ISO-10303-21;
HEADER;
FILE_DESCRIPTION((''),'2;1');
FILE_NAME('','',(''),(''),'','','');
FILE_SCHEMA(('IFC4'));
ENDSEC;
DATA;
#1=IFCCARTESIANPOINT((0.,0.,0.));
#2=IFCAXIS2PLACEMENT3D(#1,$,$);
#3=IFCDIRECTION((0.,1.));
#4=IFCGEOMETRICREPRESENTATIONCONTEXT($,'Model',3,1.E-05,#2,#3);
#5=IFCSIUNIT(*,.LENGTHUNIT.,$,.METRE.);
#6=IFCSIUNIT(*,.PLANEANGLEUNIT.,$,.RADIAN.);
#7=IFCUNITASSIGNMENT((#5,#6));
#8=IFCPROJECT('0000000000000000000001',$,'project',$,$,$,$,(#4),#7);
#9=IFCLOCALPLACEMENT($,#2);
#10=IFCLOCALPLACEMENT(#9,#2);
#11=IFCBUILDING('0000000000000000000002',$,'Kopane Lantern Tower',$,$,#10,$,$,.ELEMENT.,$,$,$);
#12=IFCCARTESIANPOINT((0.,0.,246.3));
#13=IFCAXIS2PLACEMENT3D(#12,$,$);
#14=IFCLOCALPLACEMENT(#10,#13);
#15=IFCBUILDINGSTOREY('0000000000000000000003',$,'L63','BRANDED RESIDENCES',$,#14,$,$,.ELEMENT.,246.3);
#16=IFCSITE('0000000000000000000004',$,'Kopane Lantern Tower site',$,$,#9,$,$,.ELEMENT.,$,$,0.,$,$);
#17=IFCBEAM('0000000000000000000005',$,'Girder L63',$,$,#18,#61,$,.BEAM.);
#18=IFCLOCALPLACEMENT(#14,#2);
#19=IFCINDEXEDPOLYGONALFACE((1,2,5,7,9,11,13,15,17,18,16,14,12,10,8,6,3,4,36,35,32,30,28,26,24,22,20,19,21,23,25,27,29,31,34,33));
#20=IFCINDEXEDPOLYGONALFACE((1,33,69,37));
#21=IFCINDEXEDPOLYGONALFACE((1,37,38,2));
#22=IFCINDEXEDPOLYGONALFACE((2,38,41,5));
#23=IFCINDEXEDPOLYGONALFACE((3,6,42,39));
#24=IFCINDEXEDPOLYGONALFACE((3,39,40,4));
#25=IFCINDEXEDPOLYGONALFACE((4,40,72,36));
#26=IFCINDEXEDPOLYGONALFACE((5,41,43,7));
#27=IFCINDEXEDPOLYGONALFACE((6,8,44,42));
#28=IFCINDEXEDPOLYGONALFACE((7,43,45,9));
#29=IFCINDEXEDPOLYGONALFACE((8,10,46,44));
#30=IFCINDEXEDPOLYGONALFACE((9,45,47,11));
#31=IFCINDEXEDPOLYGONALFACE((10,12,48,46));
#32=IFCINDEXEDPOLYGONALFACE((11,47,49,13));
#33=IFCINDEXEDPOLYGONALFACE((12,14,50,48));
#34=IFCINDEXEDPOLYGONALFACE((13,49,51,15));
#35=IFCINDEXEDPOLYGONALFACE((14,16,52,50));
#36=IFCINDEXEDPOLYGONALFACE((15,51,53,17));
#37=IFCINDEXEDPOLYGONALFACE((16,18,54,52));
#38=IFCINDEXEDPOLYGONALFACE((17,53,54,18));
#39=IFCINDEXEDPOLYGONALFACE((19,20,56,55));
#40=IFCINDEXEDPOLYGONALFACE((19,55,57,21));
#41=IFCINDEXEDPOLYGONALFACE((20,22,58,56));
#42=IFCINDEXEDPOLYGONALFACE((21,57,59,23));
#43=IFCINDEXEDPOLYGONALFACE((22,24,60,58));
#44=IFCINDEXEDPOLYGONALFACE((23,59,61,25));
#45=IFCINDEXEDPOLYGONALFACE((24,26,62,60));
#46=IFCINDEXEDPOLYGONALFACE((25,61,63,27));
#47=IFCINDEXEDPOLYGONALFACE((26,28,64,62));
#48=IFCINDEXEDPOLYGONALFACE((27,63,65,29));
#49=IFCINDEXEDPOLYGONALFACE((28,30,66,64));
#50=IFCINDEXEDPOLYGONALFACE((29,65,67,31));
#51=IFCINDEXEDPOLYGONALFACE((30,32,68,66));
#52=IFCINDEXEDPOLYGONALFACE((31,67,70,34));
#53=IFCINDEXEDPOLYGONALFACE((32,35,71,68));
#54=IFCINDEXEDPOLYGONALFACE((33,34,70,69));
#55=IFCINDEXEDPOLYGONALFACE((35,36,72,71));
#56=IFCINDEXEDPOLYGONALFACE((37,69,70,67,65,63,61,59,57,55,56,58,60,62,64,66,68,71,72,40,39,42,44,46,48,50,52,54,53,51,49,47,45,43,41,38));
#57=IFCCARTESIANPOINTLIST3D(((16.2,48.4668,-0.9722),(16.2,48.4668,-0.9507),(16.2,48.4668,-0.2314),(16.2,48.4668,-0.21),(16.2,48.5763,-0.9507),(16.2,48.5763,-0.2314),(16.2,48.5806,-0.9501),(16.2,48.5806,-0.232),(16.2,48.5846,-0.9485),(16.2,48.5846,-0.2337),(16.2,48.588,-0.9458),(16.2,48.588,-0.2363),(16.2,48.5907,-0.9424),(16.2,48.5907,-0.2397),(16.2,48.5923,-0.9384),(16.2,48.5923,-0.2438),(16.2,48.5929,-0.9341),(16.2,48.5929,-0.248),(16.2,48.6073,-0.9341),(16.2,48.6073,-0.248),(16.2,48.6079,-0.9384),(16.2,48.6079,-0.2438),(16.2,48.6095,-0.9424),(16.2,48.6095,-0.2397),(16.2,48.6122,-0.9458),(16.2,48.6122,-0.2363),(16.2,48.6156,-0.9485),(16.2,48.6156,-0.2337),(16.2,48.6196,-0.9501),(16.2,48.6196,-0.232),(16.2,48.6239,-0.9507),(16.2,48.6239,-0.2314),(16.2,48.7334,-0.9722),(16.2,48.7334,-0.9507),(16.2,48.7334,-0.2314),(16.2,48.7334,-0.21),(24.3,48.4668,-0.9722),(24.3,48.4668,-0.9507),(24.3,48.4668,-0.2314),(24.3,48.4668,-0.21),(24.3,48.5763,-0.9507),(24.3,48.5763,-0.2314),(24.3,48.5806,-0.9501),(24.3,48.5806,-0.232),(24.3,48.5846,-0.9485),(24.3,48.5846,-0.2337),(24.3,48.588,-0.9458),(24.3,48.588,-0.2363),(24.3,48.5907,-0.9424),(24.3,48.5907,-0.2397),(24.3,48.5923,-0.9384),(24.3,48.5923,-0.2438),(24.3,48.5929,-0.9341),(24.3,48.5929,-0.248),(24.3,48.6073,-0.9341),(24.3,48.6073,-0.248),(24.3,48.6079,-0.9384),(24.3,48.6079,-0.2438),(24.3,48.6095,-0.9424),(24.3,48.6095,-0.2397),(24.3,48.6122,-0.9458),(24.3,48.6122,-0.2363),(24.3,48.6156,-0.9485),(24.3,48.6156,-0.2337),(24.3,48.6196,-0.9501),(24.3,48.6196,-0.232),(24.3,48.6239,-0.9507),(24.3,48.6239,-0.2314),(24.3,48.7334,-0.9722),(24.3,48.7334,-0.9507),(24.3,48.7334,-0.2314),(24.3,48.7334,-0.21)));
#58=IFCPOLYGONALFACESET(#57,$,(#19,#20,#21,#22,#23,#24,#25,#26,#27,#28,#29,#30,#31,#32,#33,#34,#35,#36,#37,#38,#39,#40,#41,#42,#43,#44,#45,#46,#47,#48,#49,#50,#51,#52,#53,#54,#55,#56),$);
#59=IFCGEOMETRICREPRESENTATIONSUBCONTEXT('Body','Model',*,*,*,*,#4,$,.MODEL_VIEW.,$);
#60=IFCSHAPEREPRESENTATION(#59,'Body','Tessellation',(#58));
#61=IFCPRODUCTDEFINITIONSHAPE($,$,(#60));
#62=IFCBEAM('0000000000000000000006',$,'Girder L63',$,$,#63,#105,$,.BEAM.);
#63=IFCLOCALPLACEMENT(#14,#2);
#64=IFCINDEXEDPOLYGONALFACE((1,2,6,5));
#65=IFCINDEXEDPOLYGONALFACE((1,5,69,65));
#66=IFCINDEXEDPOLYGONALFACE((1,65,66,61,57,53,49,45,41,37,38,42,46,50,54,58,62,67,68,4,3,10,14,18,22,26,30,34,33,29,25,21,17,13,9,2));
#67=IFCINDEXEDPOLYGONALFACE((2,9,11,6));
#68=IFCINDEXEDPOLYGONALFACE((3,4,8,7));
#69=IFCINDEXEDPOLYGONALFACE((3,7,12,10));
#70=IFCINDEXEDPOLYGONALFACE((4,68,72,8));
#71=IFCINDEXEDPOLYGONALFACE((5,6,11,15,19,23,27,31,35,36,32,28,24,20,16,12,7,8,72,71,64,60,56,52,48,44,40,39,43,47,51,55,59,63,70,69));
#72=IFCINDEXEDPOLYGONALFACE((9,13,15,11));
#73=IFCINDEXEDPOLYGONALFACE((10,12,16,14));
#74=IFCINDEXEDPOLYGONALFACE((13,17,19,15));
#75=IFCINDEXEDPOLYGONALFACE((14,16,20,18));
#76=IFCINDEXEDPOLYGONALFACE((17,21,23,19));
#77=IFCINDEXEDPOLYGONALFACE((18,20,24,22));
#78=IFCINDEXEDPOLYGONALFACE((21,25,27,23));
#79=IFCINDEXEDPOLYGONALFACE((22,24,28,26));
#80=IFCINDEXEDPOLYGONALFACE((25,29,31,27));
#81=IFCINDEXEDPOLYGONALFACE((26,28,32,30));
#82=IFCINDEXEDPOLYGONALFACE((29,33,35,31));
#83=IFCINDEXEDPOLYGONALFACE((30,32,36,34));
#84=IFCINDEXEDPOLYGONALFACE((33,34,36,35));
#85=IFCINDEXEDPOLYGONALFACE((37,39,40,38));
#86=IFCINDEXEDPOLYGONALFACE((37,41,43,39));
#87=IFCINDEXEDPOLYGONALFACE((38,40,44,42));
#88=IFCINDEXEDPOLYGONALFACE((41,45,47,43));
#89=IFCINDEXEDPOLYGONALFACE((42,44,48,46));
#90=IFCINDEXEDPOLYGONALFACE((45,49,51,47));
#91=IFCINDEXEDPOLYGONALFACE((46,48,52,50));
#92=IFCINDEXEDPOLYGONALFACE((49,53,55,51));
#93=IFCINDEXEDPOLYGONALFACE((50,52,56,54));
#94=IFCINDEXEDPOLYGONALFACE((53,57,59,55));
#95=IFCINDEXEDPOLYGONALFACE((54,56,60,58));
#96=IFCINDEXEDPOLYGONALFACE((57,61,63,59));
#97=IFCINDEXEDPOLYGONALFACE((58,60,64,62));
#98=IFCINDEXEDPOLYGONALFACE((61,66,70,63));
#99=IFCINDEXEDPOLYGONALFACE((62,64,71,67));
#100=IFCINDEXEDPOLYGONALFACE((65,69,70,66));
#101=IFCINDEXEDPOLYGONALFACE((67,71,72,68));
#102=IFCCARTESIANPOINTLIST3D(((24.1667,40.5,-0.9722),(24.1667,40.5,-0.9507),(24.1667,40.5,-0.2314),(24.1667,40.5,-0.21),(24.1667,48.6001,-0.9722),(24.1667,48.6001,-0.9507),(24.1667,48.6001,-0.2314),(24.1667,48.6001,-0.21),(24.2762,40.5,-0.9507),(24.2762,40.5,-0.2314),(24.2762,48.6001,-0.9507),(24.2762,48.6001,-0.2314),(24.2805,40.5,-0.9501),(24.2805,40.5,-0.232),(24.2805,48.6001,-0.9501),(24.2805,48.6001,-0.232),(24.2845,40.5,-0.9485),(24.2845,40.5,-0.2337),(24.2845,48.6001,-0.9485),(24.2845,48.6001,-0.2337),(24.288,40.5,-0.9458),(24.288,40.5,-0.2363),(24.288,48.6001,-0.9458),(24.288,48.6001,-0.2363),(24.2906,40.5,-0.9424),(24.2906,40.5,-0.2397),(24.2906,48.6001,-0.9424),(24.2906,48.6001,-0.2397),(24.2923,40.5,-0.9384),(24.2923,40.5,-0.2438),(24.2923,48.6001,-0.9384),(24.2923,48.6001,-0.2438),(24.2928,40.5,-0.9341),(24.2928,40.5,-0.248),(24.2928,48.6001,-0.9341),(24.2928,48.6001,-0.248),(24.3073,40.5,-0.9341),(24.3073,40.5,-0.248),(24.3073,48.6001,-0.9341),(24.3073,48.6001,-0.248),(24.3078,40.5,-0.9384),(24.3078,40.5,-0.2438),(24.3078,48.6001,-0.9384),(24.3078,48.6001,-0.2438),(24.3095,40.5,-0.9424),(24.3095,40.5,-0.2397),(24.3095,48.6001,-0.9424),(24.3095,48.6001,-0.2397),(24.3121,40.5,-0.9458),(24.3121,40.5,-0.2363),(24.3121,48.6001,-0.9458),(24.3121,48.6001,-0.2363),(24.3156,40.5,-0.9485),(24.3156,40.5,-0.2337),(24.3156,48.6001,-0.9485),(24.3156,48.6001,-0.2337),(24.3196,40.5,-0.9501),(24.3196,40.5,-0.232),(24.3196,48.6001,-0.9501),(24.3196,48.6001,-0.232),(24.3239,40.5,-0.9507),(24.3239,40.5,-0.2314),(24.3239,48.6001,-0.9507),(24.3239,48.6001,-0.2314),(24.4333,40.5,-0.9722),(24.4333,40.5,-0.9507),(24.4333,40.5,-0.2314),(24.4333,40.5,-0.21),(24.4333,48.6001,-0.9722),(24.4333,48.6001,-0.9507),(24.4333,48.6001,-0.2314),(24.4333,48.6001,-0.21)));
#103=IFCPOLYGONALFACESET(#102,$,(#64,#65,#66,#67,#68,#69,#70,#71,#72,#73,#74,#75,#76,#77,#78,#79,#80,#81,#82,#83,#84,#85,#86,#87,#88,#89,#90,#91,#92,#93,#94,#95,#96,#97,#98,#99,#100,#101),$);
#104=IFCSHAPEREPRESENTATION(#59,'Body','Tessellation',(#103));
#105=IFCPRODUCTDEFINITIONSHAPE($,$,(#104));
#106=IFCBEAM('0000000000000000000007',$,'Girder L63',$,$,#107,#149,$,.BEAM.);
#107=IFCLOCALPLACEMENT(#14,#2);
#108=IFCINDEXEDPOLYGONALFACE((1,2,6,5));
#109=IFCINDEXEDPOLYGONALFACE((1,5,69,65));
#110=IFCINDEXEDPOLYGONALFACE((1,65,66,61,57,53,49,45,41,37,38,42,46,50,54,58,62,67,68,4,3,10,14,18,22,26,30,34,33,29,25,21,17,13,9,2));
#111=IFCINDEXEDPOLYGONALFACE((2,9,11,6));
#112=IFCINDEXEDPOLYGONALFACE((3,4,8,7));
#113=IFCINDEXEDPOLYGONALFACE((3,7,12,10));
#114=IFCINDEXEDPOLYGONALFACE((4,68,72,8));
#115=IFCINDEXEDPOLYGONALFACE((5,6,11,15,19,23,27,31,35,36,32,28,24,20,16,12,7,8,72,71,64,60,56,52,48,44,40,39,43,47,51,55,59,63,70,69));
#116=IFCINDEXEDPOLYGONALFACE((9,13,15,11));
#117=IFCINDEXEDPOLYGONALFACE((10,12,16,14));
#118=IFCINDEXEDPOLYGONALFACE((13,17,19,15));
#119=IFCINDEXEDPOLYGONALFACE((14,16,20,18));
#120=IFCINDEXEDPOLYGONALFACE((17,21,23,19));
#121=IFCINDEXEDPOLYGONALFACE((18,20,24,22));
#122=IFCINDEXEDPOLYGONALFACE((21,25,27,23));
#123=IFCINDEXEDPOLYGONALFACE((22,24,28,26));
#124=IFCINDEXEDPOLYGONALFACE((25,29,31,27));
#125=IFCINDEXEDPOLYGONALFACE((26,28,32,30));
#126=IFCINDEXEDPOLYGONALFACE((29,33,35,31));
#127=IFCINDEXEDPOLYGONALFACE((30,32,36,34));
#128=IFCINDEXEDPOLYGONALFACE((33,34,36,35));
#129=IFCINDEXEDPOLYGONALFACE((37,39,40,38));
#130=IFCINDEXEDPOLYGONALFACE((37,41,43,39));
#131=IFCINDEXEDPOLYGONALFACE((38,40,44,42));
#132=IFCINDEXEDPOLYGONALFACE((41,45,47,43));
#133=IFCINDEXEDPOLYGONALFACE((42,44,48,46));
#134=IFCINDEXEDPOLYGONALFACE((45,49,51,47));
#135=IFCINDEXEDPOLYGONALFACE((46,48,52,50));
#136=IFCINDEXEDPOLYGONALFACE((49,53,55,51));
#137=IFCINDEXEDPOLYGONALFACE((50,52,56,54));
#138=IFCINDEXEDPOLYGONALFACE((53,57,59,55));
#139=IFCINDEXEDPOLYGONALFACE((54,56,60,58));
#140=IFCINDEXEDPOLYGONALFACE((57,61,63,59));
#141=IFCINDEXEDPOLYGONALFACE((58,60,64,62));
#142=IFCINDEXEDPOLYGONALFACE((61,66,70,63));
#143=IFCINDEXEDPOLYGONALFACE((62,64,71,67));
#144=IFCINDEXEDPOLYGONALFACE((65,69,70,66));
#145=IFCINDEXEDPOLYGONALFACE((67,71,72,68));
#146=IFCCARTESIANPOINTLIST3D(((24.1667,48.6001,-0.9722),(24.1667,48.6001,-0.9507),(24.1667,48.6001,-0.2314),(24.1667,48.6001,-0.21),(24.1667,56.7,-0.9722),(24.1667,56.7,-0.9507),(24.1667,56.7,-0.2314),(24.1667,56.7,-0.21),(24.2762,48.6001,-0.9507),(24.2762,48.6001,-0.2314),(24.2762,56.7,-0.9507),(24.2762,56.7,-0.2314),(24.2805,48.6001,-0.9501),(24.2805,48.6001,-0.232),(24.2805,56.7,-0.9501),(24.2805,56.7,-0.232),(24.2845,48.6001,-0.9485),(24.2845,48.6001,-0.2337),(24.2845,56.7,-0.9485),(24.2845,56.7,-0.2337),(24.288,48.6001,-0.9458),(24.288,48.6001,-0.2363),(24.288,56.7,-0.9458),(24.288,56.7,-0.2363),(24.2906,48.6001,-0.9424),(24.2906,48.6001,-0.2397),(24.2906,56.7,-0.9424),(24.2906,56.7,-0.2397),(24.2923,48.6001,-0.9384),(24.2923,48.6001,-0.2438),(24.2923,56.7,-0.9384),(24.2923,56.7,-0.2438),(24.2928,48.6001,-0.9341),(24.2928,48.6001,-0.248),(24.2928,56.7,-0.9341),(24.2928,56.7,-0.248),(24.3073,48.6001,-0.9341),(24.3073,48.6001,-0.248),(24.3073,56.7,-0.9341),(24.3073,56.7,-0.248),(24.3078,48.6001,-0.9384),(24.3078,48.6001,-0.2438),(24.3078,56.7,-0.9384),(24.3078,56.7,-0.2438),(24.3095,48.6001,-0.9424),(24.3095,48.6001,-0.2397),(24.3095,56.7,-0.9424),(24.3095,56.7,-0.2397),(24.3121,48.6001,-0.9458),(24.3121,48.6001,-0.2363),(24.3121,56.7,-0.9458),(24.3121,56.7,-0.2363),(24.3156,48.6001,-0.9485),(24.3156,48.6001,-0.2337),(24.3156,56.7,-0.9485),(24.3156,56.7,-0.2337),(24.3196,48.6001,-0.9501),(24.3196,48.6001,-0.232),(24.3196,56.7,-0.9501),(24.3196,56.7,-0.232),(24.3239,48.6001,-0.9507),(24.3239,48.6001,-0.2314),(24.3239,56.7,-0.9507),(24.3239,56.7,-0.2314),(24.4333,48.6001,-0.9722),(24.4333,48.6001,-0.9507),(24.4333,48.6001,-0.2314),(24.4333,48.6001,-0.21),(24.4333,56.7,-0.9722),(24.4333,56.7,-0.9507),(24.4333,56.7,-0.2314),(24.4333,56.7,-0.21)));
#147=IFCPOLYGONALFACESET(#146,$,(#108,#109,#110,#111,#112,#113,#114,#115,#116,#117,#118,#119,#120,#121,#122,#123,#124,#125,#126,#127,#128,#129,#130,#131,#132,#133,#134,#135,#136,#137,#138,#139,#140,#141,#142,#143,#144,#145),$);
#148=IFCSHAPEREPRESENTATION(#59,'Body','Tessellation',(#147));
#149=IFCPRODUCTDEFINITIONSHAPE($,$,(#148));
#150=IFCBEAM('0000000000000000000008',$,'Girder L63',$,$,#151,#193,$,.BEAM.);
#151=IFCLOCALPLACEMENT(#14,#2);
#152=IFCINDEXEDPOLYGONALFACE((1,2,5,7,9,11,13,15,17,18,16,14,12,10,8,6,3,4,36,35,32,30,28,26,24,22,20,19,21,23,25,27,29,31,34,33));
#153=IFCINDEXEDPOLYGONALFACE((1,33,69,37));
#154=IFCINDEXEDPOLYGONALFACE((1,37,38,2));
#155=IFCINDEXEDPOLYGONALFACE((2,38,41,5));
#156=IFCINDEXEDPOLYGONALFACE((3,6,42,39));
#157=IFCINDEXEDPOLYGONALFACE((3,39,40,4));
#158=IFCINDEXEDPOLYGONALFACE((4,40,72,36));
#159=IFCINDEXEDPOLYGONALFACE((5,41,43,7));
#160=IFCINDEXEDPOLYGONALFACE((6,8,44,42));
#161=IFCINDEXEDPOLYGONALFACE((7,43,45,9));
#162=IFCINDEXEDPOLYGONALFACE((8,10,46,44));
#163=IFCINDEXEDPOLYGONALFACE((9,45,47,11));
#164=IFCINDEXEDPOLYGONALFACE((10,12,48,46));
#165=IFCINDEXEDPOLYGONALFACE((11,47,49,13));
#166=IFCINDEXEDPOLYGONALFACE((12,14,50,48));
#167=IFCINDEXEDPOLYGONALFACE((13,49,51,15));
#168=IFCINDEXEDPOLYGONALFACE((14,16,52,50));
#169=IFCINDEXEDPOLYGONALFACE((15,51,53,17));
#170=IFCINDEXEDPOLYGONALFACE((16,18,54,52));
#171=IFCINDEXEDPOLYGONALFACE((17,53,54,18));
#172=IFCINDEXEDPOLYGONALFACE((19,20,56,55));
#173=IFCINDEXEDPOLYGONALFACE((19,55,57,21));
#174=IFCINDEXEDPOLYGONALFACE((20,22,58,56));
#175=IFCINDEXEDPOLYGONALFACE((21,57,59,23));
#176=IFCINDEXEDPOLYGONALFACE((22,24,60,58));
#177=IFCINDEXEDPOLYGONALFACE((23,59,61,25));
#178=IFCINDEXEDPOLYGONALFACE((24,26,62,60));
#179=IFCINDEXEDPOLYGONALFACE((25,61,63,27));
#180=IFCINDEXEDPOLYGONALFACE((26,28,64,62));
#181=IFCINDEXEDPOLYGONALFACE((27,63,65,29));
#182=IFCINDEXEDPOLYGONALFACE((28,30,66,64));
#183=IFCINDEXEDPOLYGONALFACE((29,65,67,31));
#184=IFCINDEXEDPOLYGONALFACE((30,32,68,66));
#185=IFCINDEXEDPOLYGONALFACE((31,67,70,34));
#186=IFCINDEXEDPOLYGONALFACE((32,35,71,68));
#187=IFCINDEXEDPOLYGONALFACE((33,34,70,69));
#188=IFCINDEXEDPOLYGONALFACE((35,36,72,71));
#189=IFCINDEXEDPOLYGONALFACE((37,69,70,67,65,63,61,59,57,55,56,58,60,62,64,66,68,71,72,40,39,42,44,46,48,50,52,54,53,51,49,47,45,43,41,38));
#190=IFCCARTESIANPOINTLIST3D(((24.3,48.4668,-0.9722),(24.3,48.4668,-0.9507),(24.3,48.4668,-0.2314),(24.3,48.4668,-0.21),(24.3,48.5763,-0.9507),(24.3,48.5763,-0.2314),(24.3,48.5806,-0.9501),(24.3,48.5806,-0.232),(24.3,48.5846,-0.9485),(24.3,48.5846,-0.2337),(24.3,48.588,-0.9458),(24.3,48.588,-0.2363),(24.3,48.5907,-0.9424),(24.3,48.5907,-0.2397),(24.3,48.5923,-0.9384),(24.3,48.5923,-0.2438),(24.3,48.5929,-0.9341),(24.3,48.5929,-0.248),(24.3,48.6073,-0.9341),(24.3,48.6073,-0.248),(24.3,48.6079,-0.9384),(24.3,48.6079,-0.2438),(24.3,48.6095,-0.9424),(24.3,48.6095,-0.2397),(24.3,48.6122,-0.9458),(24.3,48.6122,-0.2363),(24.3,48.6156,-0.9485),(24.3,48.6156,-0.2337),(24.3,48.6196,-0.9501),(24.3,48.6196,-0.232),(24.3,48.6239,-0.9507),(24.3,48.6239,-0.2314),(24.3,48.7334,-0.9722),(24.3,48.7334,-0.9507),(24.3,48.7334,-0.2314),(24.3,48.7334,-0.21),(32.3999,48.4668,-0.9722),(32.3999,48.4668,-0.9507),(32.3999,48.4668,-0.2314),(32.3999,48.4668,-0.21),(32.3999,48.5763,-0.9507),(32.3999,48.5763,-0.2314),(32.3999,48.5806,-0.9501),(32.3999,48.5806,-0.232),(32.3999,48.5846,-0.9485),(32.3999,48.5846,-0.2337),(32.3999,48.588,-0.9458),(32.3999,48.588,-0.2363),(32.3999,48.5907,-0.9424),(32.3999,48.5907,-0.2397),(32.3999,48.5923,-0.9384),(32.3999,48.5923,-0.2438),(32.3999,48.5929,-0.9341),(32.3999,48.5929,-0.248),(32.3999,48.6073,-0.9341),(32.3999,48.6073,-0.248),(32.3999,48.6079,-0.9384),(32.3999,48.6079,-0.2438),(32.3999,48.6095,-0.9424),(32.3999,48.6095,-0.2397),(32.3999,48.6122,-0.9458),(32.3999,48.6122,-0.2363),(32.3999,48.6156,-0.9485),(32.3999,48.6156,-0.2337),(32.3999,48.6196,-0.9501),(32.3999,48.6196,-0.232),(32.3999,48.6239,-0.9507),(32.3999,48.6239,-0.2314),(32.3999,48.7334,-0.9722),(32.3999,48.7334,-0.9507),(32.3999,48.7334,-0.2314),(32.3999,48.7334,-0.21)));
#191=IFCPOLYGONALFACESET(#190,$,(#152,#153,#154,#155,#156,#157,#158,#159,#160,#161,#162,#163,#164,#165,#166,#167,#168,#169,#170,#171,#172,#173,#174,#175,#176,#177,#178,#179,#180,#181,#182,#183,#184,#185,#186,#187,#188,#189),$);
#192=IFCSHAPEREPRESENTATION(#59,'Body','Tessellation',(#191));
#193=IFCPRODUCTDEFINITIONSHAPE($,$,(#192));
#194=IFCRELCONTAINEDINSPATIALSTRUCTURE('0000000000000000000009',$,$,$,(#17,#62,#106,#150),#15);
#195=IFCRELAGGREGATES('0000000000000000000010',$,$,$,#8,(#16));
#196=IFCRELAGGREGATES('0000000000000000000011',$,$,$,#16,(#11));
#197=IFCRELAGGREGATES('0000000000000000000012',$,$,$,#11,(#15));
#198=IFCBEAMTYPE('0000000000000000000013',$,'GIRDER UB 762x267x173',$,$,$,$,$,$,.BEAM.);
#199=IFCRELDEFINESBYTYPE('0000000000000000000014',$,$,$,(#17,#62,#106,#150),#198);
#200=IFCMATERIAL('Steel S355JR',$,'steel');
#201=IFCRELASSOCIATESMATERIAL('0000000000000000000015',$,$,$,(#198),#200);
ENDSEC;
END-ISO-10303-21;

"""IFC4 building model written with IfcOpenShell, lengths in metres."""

from ifc_helpers import new_model, si_unit, direction, frame, origin, origin_2d, place, context, subcontext, project, spatial, i_section, extrude, material, material_profile, profile_set, type_object, element, save


model = new_model("IFC4")

# Units and contexts
model_context = context("Model", 3, precision=1e-05, world=origin(), true_north=direction((0.0, 1.0)))
body_context = subcontext(model_context, "Body", "Model", "MODEL_VIEW")
ifc_project = project(units=[si_unit("LENGTHUNIT", "METRE"), si_unit("PLANEANGLEUNIT", "RADIAN")], contexts=[model_context])

# Site, building, storey
site_placement = place(None, origin())
site = spatial("IfcSite", under=ifc_project, at=site_placement, Name="Kopane Lantern Tower site", CompositionType="ELEMENT", RefElevation=0.0)
building_placement = place(site_placement, origin())
building = spatial("IfcBuilding", under=site, at=building_placement, Name="Kopane Lantern Tower", CompositionType="ELEMENT")
storey_placement = place(building_placement, frame((0.0, 0.0, 246.3)))
storey = spatial("IfcBuildingStorey", under=building, at=storey_placement, Name="L63", Description="BRANDED RESIDENCES", CompositionType="ELEMENT", Elevation=246.3)

# Beams
ifc_material_1 = material(Name="Steel S355JR", Category="steel")
ifc_material_profile_1 = material_profile(ifc_material_1, i_section(OverallWidth=0.2666, OverallDepth=0.7622, WebThickness=0.0144, FlangeThickness=0.0215, FilletRadius=0.0166, at=origin_2d()), Name="UB 762x267x173")
ifc_profile_set_1 = profile_set([ifc_material_profile_1], Name="Steel S355JR")
beam_type_1 = type_object("IfcBeamType", Name="GIRDER UB 762x267x173", PredefinedType="BEAM", material=ifc_profile_set_1)
for number, where, z_axis, x_axis, name in (
    (1, (16.2, 48.6001, -0.5911), (1.0, 0.0, 0.0), (0.0, 1.0, 0.0), "Girder L63"),
    (2, (24.3, 40.5, -0.5911), (0.0, 1.0, 0.0), (-1.0, 0.0, 0.0), "Girder L63"),
):
    element("IfcBeam", number, at=place(storey_placement, frame(where, z_axis=z_axis, x_axis=x_axis)), inside=storey, type_object=beam_type_1, Name=name, PredefinedType="BEAM", context=body_context, shape_type="SweptSolid", body=[
        extrude(i_section(OverallWidth=0.2666, OverallDepth=0.7622, WebThickness=0.0144, FlangeThickness=0.0215, FilletRadius=0.0166, at=origin_2d()), origin(), (0.0, 0.0, 1.0), 8.1001),
    ])
for number, where, z_axis, x_axis, name in (
    (3, (24.3, 48.6001, -0.5911), (0.0, 1.0, 0.0), (-1.0, 0.0, 0.0), "Girder L63"),
    (4, (24.3, 48.6001, -0.5911), (1.0, 0.0, 0.0), (0.0, 1.0, 0.0), "Girder L63"),
):
    element("IfcBeam", number, at=place(storey_placement, frame(where, z_axis=z_axis, x_axis=x_axis)), inside=storey, type_object=beam_type_1, Name=name, PredefinedType="BEAM", context=body_context, shape_type="SweptSolid", body=[
        extrude(i_section(OverallWidth=0.2666, OverallDepth=0.7622, WebThickness=0.0144, FlangeThickness=0.0215, FilletRadius=0.0166, at=origin_2d()), origin(), (0.0, 0.0, 1.0), 8.0999),
    ])

save(model, "model.ifc")
